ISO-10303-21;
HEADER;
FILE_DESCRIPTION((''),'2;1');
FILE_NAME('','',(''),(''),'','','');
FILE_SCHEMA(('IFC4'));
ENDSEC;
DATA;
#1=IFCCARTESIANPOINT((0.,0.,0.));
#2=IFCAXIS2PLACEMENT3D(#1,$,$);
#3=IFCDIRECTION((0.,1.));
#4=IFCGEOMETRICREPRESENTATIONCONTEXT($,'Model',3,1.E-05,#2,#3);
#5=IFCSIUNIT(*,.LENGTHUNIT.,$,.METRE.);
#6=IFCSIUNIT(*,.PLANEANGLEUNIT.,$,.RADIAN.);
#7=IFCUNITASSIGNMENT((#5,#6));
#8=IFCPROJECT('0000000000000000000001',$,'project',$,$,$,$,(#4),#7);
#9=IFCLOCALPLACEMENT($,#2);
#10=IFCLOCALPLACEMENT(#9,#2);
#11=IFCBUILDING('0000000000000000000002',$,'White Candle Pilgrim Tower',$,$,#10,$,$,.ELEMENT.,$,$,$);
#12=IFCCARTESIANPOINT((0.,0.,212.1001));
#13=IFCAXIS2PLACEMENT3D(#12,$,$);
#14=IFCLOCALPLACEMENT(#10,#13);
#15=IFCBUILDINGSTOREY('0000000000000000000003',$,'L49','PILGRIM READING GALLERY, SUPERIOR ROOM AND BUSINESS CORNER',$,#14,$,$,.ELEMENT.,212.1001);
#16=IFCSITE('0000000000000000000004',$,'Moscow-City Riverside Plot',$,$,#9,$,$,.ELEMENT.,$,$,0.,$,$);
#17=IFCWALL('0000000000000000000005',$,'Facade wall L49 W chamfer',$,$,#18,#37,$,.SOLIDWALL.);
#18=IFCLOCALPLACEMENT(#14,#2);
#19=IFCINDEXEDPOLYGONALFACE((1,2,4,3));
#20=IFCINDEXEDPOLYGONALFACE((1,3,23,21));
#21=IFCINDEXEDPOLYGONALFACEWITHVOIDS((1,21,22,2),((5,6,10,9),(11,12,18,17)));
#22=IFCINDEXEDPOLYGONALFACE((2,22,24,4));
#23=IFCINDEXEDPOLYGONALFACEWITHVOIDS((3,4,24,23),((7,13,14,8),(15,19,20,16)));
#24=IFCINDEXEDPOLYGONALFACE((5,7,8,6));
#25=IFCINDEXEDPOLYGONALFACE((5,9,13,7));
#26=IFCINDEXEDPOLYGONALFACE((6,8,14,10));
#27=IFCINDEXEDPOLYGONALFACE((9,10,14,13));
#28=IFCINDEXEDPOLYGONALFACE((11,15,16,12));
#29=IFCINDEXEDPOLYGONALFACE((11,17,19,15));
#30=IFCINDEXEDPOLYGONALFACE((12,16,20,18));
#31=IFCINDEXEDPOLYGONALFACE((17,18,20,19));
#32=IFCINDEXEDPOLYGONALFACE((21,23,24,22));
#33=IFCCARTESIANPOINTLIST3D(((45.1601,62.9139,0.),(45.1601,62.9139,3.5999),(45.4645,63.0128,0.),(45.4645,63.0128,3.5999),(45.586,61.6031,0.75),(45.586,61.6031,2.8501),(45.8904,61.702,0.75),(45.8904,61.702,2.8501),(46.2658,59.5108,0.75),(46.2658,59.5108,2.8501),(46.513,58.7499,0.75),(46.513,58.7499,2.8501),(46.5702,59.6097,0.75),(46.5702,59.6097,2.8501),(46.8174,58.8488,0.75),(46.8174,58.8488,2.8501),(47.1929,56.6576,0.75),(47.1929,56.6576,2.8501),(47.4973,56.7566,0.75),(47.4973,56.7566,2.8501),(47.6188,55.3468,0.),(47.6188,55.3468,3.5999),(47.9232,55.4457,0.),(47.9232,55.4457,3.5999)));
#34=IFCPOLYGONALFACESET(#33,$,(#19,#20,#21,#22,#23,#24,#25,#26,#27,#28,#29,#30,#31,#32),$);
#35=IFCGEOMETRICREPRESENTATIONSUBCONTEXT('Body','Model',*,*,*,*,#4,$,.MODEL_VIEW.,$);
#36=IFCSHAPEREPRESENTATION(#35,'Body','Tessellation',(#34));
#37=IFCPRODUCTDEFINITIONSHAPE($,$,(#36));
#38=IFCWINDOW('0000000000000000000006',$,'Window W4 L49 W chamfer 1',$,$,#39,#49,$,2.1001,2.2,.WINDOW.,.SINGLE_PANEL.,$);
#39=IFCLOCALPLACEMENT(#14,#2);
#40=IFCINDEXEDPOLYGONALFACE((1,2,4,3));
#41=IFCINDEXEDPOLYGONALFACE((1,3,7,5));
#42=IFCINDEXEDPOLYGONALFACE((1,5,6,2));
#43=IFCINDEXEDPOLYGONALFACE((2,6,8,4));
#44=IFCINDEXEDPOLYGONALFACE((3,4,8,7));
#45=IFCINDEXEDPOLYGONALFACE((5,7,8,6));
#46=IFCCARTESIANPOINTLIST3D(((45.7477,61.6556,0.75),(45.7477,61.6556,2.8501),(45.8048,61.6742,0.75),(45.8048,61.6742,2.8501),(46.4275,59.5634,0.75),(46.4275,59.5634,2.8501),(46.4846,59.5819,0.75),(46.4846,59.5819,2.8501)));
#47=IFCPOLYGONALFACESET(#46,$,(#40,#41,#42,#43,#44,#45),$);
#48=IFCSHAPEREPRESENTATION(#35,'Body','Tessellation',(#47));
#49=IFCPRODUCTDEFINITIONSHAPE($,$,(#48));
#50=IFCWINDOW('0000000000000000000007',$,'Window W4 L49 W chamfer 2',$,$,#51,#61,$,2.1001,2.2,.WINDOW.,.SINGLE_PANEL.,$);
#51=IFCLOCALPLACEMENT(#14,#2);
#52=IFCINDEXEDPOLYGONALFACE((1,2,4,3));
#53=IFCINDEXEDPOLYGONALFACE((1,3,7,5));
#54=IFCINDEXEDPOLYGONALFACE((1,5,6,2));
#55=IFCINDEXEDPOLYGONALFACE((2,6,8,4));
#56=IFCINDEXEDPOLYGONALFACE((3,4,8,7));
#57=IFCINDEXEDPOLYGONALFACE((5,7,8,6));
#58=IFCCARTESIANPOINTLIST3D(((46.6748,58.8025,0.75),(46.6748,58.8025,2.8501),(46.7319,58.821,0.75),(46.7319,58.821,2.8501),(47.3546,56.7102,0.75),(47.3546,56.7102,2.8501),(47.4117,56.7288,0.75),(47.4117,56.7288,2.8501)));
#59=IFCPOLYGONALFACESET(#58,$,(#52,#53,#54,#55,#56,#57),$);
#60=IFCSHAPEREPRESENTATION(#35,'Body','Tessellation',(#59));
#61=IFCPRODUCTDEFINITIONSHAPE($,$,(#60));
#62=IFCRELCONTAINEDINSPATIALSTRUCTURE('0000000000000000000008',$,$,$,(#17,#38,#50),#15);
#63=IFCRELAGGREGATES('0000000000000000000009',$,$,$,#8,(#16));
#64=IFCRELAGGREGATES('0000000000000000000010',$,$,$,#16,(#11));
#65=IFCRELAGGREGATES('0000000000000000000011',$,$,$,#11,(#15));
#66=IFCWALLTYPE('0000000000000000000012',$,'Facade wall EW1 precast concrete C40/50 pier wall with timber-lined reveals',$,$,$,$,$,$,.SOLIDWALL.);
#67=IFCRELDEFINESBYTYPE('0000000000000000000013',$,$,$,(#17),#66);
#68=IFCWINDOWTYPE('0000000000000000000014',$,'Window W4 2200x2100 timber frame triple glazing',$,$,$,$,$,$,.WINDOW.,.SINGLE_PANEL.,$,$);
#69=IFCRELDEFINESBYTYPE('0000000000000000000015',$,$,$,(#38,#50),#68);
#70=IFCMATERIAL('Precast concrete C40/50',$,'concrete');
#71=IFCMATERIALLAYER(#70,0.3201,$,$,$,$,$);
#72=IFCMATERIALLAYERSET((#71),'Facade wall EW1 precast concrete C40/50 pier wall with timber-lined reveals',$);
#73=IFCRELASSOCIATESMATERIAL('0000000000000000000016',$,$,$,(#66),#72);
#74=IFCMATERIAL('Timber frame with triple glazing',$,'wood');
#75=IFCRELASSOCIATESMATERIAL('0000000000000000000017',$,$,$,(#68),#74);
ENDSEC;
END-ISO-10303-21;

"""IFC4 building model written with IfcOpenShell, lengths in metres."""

from ifc_helpers import new_model, si_unit, direction, frame, frame_2d, origin, place, context, subcontext, project, spatial, rectangle, extrude, material, layer, layer_set, type_object, element, fill, save


model = new_model("IFC4")

# Units and contexts
model_context = context("Model", 3, precision=1e-05, world=origin(), true_north=direction((0.0, 1.0)))
body_context = subcontext(model_context, "Body", "Model", "MODEL_VIEW")
ifc_project = project(units=[si_unit("LENGTHUNIT", "METRE"), si_unit("PLANEANGLEUNIT", "RADIAN")], contexts=[model_context])

# Site, building, storey
site_placement = place(None, origin())
site = spatial("IfcSite", under=ifc_project, at=site_placement, Name="Moscow-City Riverside Plot", CompositionType="ELEMENT", RefElevation=0.0)
building_placement = place(site_placement, origin())
building = spatial("IfcBuilding", under=site, at=building_placement, Name="White Candle Pilgrim Tower", CompositionType="ELEMENT")
storey_placement = place(building_placement, frame((0.0, 0.0, 212.1001)))
storey = spatial("IfcBuildingStorey", under=building, at=storey_placement, Name="L49", Description="PILGRIM READING GALLERY, SUPERIOR ROOM AND BUSINESS CORNER", CompositionType="ELEMENT", Elevation=212.1001)

# Wall, openings, windows
ifc_material_1 = material(Name="Precast concrete C40/50", Category="concrete")
ifc_layer_1 = layer(ifc_material_1, 0.3201)
ifc_layer_set_1 = layer_set([ifc_layer_1], Name="Facade wall EW1 precast concrete C40/50 pier wall with timber-lined reveals")
wall_type_1 = type_object("IfcWallType", Name="Facade wall EW1 precast concrete C40/50 pier wall with timber-lined reveals", PredefinedType="SOLIDWALL", material=ifc_layer_set_1)
wall_1_placement = place(storey_placement, frame((45.3123, 62.9634, 0.0), z_axis=(0.0, 0.0, 1.0), x_axis=(0.30902, -0.951055, 0.0)))
wall_1 = element("IfcWall", 1, at=wall_1_placement, inside=storey, type_object=wall_type_1, Name="Facade wall L49 W chamfer", PredefinedType="SOLIDWALL", context=body_context, shape_type="SweptSolid", body=[
    extrude(rectangle(XDim=7.9565, YDim=0.3201, at=frame_2d((3.9783, 0.0))), origin(), (0.0, 0.0, 1.0), 3.5999),
])
opening_1_placement = place(wall_1_placement, frame((1.3782, 0.0, 0.75)))
opening_1 = element("IfcOpeningElement", 2, at=opening_1_placement, cuts=wall_1, PredefinedType="OPENING", context=body_context, shape_type="SweptSolid", body=[
    extrude(rectangle(XDim=2.2, YDim=2.1001, at=frame_2d((1.1001, 1.05))), frame((0.0, 0.1699, 0.0), z_axis=(0.0, -1.0, 0.0), x_axis=(1.0, 0.0, 0.0)), (0.0, 0.0, 1.0), 0.3401),
])
opening_2_placement = place(wall_1_placement, frame((4.3782, 0.0, 0.75)))
opening_2 = element("IfcOpeningElement", 3, at=opening_2_placement, cuts=wall_1, PredefinedType="OPENING", context=body_context, shape_type="SweptSolid", body=[
    extrude(rectangle(XDim=2.2, YDim=2.1001, at=frame_2d((1.1001, 1.05))), frame((0.0, 0.1699, 0.0), z_axis=(0.0, -1.0, 0.0), x_axis=(1.0, 0.0, 0.0)), (0.0, 0.0, 1.0), 0.3401),
])
ifc_material_2 = material(Name="Timber frame with triple glazing", Category="wood")
window_type_1 = type_object("IfcWindowType", Name="Window W4 2200x2100 timber frame triple glazing", PartitioningType="SINGLE_PANEL", PredefinedType="WINDOW", material=ifc_material_2)
window_1_placement = place(opening_1_placement, origin())
window_1 = element("IfcWindow", 4, at=window_1_placement, inside=storey, type_object=window_type_1, Name="Window W4 L49 W chamfer 1", OverallHeight=2.1001, OverallWidth=2.2, PartitioningType="SINGLE_PANEL", PredefinedType="WINDOW", context=body_context, shape_type="SweptSolid", body=[
    extrude(rectangle(XDim=2.2, YDim=2.1001, at=frame_2d((1.1001, 1.05))), frame((0.0, 0.0701, 0.0), z_axis=(0.0, -1.0, 0.0), x_axis=(1.0, 0.0, 0.0)), (0.0, 0.0, 1.0), 0.0601),
])
fill(opening_1, window_1)
window_2_placement = place(opening_2_placement, origin())
window_2 = element("IfcWindow", 5, at=window_2_placement, inside=storey, type_object=window_type_1, Name="Window W4 L49 W chamfer 2", OverallHeight=2.1001, OverallWidth=2.2, PartitioningType="SINGLE_PANEL", PredefinedType="WINDOW", context=body_context, shape_type="SweptSolid", body=[
    extrude(rectangle(XDim=2.2, YDim=2.1001, at=frame_2d((1.1001, 1.05))), frame((0.0, 0.0701, 0.0), z_axis=(0.0, -1.0, 0.0), x_axis=(1.0, 0.0, 0.0)), (0.0, 0.0, 1.0), 0.0601),
])
fill(opening_2, window_2)

save(model, "model.ifc")
